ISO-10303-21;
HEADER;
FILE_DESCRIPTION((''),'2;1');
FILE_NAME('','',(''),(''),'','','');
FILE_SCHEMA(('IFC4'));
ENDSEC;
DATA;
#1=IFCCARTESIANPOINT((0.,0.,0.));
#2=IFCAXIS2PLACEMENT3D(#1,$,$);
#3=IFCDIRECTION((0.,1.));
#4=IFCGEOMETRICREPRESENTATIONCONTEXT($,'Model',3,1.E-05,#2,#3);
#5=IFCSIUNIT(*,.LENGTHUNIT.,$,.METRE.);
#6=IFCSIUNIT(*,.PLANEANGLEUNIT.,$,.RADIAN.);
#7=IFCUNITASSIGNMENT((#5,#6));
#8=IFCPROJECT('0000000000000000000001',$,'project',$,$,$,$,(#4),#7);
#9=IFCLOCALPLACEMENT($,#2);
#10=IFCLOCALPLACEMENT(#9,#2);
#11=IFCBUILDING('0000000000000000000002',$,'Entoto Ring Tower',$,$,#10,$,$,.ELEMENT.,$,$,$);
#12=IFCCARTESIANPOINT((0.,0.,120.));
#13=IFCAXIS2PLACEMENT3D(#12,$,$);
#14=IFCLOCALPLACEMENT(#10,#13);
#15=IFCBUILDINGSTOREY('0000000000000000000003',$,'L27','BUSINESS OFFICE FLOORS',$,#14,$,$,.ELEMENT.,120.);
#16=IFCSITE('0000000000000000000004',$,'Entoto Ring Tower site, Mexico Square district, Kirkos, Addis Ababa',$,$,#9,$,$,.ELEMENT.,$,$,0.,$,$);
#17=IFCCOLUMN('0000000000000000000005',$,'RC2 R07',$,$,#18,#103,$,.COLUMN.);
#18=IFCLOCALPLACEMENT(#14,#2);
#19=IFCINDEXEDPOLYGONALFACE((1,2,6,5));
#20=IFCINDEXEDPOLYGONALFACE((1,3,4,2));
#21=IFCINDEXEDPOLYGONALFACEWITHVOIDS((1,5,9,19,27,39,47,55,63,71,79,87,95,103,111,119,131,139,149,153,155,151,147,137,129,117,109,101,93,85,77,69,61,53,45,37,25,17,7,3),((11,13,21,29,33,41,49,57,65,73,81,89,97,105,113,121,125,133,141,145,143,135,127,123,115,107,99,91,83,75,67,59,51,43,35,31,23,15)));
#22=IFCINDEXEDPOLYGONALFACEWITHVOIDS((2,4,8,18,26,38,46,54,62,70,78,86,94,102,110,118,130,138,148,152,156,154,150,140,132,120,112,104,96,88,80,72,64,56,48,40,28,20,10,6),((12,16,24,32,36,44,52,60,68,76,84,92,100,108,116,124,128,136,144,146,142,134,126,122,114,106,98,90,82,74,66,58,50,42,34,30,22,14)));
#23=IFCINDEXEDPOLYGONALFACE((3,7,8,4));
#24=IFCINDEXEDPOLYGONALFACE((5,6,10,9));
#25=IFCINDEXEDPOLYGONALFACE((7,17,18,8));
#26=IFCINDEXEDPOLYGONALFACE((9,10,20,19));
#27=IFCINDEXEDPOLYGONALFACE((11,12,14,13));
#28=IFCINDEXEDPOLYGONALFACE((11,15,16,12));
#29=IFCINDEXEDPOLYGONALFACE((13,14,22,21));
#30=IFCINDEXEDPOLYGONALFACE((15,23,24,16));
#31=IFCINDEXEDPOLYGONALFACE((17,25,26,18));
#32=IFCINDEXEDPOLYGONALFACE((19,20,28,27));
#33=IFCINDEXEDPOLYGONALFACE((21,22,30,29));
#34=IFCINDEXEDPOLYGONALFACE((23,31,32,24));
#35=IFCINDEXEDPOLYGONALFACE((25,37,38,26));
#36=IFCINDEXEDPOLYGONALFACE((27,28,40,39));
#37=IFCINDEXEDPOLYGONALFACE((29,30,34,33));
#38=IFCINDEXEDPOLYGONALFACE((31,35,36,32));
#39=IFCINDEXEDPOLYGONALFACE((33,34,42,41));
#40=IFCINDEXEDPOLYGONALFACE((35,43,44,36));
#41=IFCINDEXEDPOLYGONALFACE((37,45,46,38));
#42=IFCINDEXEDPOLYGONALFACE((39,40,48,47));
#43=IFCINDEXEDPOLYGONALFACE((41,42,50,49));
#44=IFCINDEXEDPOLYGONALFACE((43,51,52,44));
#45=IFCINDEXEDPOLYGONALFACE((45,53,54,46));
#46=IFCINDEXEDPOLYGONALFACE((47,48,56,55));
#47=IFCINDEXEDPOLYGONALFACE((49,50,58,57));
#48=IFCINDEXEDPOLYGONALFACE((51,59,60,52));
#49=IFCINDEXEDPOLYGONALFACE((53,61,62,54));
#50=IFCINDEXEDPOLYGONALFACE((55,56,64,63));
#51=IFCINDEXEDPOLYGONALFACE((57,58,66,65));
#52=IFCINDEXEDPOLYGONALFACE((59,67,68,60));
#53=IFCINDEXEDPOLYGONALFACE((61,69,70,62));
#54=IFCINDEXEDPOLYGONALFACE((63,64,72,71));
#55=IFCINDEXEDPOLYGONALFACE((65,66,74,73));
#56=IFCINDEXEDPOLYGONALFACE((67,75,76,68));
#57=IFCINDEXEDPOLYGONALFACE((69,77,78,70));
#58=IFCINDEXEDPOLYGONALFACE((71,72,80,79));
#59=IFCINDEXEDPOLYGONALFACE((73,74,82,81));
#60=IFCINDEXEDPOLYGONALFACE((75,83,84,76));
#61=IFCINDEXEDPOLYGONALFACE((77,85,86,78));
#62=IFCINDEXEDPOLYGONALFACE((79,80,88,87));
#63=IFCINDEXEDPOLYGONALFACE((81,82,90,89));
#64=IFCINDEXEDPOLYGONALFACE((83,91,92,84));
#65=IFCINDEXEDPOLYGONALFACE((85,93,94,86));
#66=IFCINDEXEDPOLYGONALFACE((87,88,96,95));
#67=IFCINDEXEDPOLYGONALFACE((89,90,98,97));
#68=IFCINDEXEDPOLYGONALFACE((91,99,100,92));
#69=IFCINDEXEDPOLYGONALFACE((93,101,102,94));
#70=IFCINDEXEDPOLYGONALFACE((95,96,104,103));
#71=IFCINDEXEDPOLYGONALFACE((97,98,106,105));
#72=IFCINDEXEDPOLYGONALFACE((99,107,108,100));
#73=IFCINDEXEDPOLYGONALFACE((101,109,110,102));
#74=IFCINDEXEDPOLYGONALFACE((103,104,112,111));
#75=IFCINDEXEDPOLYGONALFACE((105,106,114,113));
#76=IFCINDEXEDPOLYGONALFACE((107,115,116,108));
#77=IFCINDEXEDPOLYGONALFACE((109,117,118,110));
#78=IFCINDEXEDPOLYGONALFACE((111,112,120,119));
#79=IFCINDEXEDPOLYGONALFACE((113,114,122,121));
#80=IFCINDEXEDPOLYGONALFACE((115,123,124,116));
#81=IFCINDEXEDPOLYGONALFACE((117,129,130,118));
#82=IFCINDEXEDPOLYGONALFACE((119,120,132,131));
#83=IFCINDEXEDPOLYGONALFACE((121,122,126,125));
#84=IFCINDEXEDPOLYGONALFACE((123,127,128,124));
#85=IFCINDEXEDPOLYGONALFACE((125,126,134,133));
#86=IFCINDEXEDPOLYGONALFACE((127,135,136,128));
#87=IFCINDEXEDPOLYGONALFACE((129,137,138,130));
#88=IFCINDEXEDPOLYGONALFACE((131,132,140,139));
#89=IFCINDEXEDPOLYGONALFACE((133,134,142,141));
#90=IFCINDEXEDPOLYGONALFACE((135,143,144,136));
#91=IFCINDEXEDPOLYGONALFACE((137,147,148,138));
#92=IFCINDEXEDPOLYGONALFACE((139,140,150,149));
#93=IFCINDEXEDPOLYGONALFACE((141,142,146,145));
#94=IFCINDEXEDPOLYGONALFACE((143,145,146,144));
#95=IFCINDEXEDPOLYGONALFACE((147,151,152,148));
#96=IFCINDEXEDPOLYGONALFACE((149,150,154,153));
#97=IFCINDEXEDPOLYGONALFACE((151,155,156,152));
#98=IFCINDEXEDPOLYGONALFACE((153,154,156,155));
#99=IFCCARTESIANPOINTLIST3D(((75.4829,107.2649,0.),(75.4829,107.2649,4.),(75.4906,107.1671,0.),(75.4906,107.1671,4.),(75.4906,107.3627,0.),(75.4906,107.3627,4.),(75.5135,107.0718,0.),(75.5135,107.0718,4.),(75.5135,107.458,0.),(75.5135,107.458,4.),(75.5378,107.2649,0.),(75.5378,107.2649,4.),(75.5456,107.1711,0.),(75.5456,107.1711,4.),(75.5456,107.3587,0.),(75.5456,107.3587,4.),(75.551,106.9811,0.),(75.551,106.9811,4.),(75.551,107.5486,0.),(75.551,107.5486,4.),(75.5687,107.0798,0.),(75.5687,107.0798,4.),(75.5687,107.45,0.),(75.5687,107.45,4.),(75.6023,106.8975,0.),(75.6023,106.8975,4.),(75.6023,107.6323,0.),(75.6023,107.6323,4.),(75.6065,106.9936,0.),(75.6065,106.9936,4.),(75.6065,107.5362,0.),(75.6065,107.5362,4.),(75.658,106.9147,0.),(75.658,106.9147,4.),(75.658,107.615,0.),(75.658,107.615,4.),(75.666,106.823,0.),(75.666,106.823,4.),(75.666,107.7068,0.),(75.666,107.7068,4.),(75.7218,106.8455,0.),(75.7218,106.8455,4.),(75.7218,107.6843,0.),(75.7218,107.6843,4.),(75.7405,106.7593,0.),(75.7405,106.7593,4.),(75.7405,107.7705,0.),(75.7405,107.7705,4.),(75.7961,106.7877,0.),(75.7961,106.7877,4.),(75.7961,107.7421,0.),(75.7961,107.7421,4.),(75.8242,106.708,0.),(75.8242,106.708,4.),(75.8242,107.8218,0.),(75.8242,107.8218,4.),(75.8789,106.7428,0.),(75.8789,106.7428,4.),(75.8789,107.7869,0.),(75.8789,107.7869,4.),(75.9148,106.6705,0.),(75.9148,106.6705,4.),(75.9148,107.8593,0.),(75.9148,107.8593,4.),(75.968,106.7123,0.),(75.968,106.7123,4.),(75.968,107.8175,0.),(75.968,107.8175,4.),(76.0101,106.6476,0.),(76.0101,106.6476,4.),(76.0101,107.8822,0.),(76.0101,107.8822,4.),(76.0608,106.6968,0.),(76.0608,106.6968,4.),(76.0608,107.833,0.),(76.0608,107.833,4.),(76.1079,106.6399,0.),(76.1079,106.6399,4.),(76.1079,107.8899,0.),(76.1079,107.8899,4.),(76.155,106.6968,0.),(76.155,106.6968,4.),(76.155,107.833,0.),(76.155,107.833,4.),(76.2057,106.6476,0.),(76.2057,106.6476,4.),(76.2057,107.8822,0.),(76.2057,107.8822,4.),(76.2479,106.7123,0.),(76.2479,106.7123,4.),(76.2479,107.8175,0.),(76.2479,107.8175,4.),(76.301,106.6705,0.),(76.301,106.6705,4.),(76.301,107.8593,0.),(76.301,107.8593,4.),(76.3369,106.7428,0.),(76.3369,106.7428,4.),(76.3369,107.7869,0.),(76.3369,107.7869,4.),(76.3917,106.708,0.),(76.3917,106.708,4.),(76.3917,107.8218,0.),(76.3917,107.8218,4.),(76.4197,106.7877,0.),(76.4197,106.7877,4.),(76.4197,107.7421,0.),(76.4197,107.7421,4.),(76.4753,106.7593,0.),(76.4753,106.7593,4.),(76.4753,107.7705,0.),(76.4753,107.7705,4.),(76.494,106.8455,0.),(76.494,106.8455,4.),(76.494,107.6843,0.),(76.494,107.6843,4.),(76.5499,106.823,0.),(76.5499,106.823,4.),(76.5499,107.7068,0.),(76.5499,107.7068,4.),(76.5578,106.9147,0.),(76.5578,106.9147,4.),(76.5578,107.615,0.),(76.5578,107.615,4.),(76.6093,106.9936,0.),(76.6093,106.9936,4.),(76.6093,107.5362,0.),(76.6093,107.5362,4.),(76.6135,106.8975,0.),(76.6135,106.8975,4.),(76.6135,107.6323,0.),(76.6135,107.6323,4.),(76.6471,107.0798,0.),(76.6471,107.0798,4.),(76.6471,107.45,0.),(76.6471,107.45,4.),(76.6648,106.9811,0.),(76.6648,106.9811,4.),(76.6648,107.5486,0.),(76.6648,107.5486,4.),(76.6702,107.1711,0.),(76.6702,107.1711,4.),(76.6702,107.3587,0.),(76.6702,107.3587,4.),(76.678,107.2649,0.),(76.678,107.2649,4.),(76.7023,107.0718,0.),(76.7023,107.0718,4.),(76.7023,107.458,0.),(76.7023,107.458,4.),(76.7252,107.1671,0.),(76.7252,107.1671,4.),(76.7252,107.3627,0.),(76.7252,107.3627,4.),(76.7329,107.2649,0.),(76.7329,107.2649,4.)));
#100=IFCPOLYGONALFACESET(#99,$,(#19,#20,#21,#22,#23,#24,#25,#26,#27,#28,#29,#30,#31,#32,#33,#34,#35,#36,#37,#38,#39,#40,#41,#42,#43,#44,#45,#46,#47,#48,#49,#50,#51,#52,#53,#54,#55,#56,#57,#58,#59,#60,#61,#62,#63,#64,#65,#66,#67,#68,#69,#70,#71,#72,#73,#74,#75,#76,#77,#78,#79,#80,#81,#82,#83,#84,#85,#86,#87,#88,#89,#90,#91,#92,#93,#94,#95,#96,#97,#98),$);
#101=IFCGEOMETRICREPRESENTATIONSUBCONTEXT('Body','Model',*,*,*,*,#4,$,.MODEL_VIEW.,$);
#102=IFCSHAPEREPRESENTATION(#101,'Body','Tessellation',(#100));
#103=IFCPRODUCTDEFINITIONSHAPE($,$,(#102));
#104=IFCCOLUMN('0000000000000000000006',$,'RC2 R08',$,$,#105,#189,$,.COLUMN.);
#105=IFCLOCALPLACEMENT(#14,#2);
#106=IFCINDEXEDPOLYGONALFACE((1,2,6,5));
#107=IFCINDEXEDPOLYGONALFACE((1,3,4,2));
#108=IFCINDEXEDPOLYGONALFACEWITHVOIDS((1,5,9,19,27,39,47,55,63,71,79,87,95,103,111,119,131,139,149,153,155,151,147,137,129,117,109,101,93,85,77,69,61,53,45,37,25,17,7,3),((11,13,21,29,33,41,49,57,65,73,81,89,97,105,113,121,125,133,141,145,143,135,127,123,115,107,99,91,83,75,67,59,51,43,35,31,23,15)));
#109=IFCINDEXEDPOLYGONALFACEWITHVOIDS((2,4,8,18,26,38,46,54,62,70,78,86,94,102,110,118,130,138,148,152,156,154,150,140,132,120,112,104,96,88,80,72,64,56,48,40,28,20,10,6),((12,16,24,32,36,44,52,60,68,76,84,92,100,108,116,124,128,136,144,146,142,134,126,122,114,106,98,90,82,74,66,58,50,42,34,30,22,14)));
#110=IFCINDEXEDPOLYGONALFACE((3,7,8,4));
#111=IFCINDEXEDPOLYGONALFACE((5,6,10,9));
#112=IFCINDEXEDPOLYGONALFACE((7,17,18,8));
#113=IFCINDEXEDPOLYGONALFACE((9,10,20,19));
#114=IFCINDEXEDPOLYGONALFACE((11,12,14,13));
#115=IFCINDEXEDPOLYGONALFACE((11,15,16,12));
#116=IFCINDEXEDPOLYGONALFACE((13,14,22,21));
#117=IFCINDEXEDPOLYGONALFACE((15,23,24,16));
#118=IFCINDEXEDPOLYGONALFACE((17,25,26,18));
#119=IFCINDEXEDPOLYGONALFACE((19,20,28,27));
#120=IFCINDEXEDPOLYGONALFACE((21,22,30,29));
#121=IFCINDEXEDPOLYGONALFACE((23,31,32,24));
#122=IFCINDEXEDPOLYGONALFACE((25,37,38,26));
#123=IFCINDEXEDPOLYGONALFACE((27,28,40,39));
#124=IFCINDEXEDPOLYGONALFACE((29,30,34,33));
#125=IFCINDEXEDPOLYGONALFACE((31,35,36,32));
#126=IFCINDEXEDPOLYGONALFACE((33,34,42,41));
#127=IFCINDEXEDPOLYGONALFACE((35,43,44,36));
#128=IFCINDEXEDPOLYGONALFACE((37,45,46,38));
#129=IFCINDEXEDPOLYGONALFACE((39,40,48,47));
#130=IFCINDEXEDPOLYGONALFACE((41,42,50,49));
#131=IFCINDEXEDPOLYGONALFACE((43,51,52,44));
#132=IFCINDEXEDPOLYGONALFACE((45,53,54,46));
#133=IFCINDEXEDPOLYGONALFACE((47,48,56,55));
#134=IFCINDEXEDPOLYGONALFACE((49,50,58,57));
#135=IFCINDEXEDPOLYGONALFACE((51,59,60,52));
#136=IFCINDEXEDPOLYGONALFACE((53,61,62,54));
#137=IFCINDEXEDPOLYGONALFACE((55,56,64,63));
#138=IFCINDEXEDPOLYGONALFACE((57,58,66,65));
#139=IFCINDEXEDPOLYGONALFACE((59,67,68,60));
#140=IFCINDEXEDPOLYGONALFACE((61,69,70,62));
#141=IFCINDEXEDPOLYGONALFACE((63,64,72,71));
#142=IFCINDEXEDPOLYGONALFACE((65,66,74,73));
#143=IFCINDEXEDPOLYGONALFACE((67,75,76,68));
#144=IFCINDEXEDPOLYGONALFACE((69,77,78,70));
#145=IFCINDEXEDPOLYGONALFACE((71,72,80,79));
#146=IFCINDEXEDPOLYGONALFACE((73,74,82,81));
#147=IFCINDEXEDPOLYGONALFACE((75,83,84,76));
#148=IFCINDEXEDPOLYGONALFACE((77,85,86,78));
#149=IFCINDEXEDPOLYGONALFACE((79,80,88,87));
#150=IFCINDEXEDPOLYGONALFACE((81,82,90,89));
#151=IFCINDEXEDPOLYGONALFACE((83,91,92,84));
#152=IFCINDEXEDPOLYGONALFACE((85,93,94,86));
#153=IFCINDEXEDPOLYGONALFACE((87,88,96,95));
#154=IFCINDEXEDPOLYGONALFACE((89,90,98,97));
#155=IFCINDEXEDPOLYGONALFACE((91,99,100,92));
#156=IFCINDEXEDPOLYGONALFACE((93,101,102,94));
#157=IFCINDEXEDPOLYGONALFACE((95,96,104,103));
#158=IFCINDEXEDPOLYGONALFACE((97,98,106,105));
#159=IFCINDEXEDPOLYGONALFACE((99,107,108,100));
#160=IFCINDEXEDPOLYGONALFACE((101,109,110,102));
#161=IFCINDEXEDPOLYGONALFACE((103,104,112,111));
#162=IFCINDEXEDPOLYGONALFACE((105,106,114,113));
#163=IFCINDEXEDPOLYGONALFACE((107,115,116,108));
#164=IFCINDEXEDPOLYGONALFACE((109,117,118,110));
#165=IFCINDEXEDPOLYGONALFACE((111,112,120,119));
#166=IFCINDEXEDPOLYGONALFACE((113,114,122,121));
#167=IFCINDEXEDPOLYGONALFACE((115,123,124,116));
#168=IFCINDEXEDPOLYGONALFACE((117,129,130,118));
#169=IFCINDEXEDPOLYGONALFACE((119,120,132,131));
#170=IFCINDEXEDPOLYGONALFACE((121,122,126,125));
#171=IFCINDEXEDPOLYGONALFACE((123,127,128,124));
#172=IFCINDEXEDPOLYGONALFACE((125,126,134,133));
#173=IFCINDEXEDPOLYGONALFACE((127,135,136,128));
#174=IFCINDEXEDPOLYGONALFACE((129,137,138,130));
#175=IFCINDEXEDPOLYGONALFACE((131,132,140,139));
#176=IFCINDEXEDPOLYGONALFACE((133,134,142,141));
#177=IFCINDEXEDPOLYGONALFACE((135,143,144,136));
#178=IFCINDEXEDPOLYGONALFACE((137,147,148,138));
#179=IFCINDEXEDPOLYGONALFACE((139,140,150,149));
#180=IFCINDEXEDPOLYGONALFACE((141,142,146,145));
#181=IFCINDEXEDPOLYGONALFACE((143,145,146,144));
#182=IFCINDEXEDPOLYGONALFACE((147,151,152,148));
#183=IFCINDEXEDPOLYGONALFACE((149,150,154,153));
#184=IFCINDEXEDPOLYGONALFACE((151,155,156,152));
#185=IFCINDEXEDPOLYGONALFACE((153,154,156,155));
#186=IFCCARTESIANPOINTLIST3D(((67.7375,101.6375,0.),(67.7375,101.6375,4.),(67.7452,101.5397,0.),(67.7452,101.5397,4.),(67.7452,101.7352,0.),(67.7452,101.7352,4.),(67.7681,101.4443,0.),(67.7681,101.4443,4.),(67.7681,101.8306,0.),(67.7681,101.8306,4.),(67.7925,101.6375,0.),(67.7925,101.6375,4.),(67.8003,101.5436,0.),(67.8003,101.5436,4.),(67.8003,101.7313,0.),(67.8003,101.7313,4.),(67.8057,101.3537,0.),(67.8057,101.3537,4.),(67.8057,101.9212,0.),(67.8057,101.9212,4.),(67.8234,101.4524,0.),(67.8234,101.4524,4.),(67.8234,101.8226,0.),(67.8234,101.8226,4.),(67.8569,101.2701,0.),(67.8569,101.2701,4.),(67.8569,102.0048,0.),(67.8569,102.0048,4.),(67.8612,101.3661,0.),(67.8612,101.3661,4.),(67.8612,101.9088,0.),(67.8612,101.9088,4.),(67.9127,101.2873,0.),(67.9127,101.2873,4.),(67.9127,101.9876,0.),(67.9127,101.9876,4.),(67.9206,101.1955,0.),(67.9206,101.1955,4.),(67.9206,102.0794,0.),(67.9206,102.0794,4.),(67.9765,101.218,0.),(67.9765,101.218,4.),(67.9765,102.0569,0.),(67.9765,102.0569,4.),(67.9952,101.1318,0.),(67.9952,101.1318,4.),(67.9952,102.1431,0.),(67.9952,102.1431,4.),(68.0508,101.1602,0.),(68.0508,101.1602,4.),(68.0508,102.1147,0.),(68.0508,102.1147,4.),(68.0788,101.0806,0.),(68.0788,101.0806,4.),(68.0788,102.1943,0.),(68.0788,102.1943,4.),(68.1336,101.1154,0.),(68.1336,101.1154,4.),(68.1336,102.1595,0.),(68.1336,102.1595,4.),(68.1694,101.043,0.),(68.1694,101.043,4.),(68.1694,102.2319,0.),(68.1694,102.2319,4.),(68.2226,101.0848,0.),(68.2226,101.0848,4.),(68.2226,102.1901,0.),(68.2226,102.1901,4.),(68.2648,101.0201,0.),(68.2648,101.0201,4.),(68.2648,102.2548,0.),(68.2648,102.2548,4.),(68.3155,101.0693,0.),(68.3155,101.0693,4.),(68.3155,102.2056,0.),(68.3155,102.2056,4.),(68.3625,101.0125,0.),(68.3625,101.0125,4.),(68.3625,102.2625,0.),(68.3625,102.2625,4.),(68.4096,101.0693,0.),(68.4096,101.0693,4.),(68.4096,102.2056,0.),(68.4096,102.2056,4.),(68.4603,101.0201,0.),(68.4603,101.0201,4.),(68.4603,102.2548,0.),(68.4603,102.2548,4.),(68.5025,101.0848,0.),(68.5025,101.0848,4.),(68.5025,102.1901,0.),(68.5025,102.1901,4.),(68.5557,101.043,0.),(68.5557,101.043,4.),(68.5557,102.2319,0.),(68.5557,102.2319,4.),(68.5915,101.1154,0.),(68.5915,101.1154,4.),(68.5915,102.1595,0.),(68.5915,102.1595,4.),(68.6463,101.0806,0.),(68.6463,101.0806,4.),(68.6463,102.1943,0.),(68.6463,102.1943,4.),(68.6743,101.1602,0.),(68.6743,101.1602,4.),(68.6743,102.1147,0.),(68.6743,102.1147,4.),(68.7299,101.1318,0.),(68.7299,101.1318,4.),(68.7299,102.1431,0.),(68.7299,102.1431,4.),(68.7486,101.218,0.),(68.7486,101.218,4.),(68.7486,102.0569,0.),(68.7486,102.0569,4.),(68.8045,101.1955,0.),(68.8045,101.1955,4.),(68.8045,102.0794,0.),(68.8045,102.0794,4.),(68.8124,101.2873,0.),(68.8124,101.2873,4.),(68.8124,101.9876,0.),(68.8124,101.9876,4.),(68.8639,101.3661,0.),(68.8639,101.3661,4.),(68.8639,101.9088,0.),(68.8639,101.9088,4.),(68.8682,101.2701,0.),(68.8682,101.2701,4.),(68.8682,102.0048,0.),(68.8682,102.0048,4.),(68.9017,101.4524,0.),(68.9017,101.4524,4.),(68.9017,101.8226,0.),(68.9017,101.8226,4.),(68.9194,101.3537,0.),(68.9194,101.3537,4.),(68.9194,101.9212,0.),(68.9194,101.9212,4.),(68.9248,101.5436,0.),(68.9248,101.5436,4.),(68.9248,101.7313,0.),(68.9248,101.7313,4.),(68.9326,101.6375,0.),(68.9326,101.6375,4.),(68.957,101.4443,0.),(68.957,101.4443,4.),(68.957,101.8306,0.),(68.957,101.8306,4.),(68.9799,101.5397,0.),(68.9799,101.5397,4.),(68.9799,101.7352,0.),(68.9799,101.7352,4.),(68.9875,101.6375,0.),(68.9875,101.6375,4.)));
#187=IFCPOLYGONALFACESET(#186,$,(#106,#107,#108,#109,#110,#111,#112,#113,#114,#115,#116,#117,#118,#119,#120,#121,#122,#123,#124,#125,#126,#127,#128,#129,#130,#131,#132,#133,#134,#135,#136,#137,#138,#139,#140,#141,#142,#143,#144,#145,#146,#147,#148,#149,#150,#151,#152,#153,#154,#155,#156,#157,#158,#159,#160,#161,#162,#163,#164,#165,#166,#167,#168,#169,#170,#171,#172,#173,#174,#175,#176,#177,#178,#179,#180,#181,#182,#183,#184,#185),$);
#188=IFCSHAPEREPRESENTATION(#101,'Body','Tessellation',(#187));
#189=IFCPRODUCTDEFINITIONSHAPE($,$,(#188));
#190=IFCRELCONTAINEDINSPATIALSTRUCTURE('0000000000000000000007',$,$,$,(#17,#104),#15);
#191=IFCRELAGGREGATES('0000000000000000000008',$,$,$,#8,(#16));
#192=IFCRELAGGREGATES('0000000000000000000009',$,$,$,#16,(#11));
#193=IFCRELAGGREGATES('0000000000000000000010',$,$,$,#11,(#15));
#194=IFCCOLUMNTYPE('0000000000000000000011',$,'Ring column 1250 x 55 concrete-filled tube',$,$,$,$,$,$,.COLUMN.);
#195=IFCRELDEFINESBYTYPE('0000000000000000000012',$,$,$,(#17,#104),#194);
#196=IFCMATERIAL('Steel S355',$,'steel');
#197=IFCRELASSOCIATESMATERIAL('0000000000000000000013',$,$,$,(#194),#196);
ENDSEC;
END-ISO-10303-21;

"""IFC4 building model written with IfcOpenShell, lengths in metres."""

from ifc_helpers import new_model, si_unit, direction, frame, origin, origin_2d, place, context, subcontext, project, spatial, circle, hollow_circle, extrude, material, material_profile, profile_set, type_object, element, save


model = new_model("IFC4")

# Units and contexts
model_context = context("Model", 3, precision=1e-05, world=origin(), true_north=direction((0.0, 1.0)))
body_context = subcontext(model_context, "Body", "Model", "MODEL_VIEW")
ifc_project = project(units=[si_unit("LENGTHUNIT", "METRE"), si_unit("PLANEANGLEUNIT", "RADIAN")], contexts=[model_context])

# Site, building, storey
site_placement = place(None, origin())
site = spatial("IfcSite", under=ifc_project, at=site_placement, Name="Entoto Ring Tower site, Mexico Square district, Kirkos, Addis Ababa", CompositionType="ELEMENT", RefElevation=0.0)
building_placement = place(site_placement, origin())
building = spatial("IfcBuilding", under=site, at=building_placement, Name="Entoto Ring Tower", CompositionType="ELEMENT")
storey_placement = place(building_placement, frame((0.0, 0.0, 120.0)))
storey = spatial("IfcBuildingStorey", under=building, at=storey_placement, Name="L27", Description="BUSINESS OFFICE FLOORS", CompositionType="ELEMENT", Elevation=120.0)

# Columns
ifc_material_1 = material(Name="Steel S355", Category="steel")
ifc_material_profile_1 = material_profile(ifc_material_1, hollow_circle(Radius=0.625, WallThickness=0.0549, at=origin_2d()), Name="CHS 1250 x 55")
ifc_material_2 = material(Name="Concrete C60/75", Category="concrete")
ifc_material_profile_2 = material_profile(ifc_material_2, circle(Radius=0.5701, at=origin_2d()), Name="Concrete C60/75 infill")
ifc_profile_set_1 = profile_set([ifc_material_profile_1, ifc_material_profile_2], Name="Steel S355")
column_type = type_object("IfcColumnType", Name="Ring column 1250 x 55 concrete-filled tube", PredefinedType="COLUMN", material=ifc_profile_set_1)
for number, where, z_axis, x_axis, name in (
    (1, (76.1079, 107.2649, 0.0), (0.0, 0.0, 1.0), (1.0, 0.0, 0.0), "RC2 R07"),
    (2, (68.3625, 101.6375, 0.0), (0.0, 0.0, 1.0), (1.0, 0.0, 0.0), "RC2 R08"),
):
    element("IfcColumn", number, at=place(storey_placement, frame(where, z_axis=z_axis, x_axis=x_axis)), inside=storey, type_object=column_type, Name=name, PredefinedType="COLUMN", context=body_context, shape_type="SweptSolid", body=[
        extrude(hollow_circle(Radius=0.625, WallThickness=0.0549, at=origin_2d()), origin(), (0.0, 0.0, 1.0), 4.0),
    ])

save(model, "model.ifc")
